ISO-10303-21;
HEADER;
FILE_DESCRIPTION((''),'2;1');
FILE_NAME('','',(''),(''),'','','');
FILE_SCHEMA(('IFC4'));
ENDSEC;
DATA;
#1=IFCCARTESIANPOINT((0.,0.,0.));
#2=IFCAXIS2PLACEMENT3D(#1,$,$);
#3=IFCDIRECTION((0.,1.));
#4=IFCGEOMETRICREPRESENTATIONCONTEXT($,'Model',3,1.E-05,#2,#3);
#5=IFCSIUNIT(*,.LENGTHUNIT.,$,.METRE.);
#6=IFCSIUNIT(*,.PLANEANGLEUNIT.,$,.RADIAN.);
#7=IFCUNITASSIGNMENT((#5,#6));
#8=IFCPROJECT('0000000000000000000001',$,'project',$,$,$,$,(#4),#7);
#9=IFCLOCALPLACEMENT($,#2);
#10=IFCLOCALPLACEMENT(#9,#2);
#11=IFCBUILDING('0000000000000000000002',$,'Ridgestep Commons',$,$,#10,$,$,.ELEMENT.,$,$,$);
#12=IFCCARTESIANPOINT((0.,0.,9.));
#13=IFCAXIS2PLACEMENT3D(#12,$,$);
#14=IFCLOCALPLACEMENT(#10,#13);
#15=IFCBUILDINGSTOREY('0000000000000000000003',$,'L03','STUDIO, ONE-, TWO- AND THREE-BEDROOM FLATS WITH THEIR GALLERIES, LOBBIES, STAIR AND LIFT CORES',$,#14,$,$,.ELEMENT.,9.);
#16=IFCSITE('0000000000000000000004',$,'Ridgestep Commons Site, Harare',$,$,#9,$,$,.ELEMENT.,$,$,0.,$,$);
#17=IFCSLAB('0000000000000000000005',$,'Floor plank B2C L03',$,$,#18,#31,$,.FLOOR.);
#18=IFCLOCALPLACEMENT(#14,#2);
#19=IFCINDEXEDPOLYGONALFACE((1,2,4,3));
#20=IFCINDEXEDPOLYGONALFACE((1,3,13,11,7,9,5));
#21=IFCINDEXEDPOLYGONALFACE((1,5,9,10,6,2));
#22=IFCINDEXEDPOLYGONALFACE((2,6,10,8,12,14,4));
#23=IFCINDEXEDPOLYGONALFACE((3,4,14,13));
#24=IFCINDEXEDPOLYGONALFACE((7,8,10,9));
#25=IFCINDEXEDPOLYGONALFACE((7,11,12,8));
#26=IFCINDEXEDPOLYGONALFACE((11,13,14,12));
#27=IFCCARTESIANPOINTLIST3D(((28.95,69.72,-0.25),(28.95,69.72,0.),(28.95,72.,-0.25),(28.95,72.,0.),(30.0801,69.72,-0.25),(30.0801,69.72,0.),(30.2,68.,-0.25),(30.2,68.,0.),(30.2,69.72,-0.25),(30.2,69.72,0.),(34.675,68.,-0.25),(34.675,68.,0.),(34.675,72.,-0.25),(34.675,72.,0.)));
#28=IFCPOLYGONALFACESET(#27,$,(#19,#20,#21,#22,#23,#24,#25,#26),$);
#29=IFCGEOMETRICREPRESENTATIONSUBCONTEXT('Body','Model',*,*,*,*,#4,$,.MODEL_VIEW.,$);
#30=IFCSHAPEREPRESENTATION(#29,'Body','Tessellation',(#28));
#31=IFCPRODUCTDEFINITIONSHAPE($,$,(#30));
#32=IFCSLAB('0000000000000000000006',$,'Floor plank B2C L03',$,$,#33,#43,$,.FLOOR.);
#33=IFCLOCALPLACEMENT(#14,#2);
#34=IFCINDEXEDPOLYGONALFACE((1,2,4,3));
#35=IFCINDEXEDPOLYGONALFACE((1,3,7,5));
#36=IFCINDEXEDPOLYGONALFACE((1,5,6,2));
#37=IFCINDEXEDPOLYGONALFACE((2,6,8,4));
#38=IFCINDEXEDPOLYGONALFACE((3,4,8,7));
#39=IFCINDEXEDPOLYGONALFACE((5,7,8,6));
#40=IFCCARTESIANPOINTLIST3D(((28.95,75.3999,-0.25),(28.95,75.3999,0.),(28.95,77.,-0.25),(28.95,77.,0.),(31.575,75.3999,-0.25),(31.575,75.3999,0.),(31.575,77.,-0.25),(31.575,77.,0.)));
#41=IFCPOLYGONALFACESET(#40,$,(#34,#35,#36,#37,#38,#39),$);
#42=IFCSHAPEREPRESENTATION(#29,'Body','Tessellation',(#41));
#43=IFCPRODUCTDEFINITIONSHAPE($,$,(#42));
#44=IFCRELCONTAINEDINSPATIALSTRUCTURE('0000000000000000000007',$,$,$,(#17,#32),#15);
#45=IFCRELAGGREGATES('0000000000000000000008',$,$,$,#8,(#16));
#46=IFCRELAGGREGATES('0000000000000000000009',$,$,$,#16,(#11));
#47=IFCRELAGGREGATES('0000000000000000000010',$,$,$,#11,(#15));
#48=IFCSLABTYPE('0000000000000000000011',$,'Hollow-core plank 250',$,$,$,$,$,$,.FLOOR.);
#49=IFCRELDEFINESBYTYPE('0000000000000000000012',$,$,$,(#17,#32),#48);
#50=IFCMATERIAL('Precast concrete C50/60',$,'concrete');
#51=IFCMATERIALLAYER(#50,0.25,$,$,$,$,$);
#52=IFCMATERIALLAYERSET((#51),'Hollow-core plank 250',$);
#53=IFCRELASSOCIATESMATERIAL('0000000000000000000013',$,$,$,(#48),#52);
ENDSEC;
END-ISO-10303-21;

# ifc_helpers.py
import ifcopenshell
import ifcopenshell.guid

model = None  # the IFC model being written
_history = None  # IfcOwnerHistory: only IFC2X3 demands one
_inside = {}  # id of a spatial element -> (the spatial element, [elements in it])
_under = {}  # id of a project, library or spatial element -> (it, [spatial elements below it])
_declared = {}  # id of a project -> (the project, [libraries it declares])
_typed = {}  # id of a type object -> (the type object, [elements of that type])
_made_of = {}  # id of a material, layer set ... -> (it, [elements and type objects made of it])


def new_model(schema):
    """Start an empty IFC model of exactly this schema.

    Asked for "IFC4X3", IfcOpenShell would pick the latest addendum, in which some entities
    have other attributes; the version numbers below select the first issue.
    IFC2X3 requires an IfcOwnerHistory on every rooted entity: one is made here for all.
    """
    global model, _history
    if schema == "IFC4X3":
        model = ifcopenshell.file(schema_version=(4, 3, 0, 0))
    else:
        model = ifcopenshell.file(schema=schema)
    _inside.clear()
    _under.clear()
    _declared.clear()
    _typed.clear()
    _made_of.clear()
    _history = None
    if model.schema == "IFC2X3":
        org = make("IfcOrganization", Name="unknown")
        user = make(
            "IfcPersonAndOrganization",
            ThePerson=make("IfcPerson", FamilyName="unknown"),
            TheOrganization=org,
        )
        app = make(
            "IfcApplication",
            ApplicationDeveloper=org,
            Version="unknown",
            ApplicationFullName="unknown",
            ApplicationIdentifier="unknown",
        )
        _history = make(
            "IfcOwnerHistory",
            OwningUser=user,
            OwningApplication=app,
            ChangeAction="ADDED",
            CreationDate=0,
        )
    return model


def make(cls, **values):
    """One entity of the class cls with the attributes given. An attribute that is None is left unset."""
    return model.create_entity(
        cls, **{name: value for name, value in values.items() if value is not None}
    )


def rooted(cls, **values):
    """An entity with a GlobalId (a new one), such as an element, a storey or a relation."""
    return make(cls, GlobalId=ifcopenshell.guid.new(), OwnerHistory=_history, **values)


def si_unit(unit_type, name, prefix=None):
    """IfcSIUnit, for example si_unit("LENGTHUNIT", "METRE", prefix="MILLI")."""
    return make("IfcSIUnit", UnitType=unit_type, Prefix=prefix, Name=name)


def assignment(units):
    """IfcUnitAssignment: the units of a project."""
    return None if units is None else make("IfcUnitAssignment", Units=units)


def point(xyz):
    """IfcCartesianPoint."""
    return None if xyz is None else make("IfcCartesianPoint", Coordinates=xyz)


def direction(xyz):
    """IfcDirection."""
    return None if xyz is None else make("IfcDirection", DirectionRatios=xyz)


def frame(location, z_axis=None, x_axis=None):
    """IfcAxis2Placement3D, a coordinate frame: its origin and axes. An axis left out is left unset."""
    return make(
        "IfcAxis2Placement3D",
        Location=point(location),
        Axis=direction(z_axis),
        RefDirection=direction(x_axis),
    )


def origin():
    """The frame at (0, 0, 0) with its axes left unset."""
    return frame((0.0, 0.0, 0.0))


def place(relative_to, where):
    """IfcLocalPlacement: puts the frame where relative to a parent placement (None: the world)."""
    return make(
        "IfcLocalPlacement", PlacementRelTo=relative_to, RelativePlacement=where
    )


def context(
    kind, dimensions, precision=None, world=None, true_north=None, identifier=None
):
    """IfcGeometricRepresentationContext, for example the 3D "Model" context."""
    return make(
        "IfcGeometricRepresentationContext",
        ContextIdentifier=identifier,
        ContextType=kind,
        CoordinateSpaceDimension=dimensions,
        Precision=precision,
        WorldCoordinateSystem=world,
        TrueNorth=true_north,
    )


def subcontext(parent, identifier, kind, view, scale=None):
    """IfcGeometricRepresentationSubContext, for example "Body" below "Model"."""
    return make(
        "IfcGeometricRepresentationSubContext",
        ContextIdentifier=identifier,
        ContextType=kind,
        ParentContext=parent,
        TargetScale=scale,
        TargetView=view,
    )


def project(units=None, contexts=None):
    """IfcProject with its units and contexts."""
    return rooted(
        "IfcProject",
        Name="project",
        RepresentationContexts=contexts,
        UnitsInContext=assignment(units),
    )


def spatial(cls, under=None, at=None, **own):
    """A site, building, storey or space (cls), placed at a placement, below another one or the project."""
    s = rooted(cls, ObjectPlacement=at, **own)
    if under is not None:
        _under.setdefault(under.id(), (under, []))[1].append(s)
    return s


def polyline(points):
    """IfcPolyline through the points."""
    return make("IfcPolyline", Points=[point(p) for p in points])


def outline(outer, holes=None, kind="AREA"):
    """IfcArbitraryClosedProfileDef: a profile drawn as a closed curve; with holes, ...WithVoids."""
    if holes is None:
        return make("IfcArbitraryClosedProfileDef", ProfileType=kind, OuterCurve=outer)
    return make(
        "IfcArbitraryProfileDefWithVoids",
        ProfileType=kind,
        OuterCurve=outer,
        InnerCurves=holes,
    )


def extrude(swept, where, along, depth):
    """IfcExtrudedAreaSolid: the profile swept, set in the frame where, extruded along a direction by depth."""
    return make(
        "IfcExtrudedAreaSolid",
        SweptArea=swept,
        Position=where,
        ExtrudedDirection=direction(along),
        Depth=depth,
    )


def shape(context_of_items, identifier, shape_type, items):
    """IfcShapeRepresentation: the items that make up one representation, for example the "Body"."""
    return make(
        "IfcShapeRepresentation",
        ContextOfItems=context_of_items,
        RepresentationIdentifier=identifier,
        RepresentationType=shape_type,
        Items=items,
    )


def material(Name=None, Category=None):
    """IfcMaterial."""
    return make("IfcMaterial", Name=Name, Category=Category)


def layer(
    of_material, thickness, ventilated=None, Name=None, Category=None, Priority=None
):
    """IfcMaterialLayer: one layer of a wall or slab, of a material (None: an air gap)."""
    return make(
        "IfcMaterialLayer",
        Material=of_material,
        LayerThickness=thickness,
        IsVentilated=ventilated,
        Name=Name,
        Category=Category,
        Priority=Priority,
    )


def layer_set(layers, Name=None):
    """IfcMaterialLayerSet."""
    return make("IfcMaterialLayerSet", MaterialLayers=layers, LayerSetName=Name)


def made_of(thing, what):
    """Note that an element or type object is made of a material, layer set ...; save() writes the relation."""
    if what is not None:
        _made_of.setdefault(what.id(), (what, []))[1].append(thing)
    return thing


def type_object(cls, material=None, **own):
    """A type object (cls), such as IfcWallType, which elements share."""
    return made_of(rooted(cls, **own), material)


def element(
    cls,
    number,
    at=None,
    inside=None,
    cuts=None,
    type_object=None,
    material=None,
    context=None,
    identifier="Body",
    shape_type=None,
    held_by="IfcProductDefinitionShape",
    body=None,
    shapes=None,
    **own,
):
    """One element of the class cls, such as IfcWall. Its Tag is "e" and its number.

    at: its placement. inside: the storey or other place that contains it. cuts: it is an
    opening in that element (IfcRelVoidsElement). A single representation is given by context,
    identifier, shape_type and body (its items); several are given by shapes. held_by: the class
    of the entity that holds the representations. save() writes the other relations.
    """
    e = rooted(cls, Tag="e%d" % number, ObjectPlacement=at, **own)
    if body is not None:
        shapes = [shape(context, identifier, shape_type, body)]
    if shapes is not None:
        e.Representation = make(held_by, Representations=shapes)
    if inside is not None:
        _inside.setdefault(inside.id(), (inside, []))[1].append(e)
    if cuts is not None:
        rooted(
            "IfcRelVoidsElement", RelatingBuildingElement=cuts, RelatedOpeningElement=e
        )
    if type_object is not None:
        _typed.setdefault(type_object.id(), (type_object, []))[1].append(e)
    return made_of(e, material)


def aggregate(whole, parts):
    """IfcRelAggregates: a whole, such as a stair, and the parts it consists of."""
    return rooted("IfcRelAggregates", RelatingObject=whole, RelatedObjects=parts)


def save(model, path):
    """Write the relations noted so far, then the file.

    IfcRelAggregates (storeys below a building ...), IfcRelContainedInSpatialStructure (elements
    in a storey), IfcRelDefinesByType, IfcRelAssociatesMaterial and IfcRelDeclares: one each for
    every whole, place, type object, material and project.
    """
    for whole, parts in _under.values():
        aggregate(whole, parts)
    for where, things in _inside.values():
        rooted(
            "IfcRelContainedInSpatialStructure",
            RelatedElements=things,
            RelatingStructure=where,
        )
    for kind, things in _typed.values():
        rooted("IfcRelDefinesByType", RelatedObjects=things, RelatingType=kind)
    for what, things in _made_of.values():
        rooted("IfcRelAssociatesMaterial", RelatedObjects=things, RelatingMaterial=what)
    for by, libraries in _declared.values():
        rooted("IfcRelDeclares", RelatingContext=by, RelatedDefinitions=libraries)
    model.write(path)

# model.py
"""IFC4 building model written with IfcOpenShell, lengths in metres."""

from ifc_helpers import new_model, si_unit, direction, frame, origin, place, context, subcontext, project, spatial, polyline, outline, extrude, material, layer, layer_set, type_object, element, save


model = new_model("IFC4")

# Units and contexts
model_context = context("Model", 3, precision=1e-05, world=origin(), true_north=direction((0.0, 1.0)))
body_context = subcontext(model_context, "Body", "Model", "MODEL_VIEW")
ifc_project = project(units=[si_unit("LENGTHUNIT", "METRE"), si_unit("PLANEANGLEUNIT", "RADIAN")], contexts=[model_context])

# Site, building, storey
site_placement = place(None, origin())
site = spatial("IfcSite", under=ifc_project, at=site_placement, Name="Ridgestep Commons Site, Harare", CompositionType="ELEMENT", RefElevation=0.0)
building_placement = place(site_placement, origin())
building = spatial("IfcBuilding", under=site, at=building_placement, Name="Ridgestep Commons", CompositionType="ELEMENT")
storey_placement = place(building_placement, frame((0.0, 0.0, 9.0)))
storey = spatial("IfcBuildingStorey", under=building, at=storey_placement, Name="L03", Description="STUDIO, ONE-, TWO- AND THREE-BEDROOM FLATS WITH THEIR GALLERIES, LOBBIES, STAIR AND LIFT CORES", CompositionType="ELEMENT", Elevation=9.0)

# Slabs
ifc_material = material(Name="Precast concrete C50/60", Category="concrete")
ifc_layer = layer(ifc_material, 0.25)
ifc_layer_set = layer_set([ifc_layer], Name="Hollow-core plank 250")
slab_type = type_object("IfcSlabType", Name="Hollow-core plank 250", PredefinedType="FLOOR", material=ifc_layer_set)
slab_1_placement = place(storey_placement, frame((0.0, 0.0, -0.25)))
element("IfcSlab", 1, at=slab_1_placement, inside=storey, type_object=slab_type, Name="Floor plank B2C L03", PredefinedType="FLOOR", context=body_context, shape_type="SweptSolid", body=[
    extrude(outline(polyline([(30.2, 68.0), (34.675, 68.0), (34.675, 72.0), (28.95, 72.0), (28.95, 69.72), (30.0801, 69.72), (30.2, 69.72), (30.2, 68.0)])), origin(), (0.0, 0.0, 1.0), 0.25),
])
slab_2_placement = place(storey_placement, frame((0.0, 0.0, -0.25)))
element("IfcSlab", 2, at=slab_2_placement, inside=storey, type_object=slab_type, Name="Floor plank B2C L03", PredefinedType="FLOOR", context=body_context, shape_type="SweptSolid", body=[
    extrude(outline(polyline([(31.575, 77.0), (28.95, 77.0), (28.95, 75.3999), (31.575, 75.3999), (31.575, 77.0)])), origin(), (0.0, 0.0, 1.0), 0.25),
])

save(model, "model.ifc")
